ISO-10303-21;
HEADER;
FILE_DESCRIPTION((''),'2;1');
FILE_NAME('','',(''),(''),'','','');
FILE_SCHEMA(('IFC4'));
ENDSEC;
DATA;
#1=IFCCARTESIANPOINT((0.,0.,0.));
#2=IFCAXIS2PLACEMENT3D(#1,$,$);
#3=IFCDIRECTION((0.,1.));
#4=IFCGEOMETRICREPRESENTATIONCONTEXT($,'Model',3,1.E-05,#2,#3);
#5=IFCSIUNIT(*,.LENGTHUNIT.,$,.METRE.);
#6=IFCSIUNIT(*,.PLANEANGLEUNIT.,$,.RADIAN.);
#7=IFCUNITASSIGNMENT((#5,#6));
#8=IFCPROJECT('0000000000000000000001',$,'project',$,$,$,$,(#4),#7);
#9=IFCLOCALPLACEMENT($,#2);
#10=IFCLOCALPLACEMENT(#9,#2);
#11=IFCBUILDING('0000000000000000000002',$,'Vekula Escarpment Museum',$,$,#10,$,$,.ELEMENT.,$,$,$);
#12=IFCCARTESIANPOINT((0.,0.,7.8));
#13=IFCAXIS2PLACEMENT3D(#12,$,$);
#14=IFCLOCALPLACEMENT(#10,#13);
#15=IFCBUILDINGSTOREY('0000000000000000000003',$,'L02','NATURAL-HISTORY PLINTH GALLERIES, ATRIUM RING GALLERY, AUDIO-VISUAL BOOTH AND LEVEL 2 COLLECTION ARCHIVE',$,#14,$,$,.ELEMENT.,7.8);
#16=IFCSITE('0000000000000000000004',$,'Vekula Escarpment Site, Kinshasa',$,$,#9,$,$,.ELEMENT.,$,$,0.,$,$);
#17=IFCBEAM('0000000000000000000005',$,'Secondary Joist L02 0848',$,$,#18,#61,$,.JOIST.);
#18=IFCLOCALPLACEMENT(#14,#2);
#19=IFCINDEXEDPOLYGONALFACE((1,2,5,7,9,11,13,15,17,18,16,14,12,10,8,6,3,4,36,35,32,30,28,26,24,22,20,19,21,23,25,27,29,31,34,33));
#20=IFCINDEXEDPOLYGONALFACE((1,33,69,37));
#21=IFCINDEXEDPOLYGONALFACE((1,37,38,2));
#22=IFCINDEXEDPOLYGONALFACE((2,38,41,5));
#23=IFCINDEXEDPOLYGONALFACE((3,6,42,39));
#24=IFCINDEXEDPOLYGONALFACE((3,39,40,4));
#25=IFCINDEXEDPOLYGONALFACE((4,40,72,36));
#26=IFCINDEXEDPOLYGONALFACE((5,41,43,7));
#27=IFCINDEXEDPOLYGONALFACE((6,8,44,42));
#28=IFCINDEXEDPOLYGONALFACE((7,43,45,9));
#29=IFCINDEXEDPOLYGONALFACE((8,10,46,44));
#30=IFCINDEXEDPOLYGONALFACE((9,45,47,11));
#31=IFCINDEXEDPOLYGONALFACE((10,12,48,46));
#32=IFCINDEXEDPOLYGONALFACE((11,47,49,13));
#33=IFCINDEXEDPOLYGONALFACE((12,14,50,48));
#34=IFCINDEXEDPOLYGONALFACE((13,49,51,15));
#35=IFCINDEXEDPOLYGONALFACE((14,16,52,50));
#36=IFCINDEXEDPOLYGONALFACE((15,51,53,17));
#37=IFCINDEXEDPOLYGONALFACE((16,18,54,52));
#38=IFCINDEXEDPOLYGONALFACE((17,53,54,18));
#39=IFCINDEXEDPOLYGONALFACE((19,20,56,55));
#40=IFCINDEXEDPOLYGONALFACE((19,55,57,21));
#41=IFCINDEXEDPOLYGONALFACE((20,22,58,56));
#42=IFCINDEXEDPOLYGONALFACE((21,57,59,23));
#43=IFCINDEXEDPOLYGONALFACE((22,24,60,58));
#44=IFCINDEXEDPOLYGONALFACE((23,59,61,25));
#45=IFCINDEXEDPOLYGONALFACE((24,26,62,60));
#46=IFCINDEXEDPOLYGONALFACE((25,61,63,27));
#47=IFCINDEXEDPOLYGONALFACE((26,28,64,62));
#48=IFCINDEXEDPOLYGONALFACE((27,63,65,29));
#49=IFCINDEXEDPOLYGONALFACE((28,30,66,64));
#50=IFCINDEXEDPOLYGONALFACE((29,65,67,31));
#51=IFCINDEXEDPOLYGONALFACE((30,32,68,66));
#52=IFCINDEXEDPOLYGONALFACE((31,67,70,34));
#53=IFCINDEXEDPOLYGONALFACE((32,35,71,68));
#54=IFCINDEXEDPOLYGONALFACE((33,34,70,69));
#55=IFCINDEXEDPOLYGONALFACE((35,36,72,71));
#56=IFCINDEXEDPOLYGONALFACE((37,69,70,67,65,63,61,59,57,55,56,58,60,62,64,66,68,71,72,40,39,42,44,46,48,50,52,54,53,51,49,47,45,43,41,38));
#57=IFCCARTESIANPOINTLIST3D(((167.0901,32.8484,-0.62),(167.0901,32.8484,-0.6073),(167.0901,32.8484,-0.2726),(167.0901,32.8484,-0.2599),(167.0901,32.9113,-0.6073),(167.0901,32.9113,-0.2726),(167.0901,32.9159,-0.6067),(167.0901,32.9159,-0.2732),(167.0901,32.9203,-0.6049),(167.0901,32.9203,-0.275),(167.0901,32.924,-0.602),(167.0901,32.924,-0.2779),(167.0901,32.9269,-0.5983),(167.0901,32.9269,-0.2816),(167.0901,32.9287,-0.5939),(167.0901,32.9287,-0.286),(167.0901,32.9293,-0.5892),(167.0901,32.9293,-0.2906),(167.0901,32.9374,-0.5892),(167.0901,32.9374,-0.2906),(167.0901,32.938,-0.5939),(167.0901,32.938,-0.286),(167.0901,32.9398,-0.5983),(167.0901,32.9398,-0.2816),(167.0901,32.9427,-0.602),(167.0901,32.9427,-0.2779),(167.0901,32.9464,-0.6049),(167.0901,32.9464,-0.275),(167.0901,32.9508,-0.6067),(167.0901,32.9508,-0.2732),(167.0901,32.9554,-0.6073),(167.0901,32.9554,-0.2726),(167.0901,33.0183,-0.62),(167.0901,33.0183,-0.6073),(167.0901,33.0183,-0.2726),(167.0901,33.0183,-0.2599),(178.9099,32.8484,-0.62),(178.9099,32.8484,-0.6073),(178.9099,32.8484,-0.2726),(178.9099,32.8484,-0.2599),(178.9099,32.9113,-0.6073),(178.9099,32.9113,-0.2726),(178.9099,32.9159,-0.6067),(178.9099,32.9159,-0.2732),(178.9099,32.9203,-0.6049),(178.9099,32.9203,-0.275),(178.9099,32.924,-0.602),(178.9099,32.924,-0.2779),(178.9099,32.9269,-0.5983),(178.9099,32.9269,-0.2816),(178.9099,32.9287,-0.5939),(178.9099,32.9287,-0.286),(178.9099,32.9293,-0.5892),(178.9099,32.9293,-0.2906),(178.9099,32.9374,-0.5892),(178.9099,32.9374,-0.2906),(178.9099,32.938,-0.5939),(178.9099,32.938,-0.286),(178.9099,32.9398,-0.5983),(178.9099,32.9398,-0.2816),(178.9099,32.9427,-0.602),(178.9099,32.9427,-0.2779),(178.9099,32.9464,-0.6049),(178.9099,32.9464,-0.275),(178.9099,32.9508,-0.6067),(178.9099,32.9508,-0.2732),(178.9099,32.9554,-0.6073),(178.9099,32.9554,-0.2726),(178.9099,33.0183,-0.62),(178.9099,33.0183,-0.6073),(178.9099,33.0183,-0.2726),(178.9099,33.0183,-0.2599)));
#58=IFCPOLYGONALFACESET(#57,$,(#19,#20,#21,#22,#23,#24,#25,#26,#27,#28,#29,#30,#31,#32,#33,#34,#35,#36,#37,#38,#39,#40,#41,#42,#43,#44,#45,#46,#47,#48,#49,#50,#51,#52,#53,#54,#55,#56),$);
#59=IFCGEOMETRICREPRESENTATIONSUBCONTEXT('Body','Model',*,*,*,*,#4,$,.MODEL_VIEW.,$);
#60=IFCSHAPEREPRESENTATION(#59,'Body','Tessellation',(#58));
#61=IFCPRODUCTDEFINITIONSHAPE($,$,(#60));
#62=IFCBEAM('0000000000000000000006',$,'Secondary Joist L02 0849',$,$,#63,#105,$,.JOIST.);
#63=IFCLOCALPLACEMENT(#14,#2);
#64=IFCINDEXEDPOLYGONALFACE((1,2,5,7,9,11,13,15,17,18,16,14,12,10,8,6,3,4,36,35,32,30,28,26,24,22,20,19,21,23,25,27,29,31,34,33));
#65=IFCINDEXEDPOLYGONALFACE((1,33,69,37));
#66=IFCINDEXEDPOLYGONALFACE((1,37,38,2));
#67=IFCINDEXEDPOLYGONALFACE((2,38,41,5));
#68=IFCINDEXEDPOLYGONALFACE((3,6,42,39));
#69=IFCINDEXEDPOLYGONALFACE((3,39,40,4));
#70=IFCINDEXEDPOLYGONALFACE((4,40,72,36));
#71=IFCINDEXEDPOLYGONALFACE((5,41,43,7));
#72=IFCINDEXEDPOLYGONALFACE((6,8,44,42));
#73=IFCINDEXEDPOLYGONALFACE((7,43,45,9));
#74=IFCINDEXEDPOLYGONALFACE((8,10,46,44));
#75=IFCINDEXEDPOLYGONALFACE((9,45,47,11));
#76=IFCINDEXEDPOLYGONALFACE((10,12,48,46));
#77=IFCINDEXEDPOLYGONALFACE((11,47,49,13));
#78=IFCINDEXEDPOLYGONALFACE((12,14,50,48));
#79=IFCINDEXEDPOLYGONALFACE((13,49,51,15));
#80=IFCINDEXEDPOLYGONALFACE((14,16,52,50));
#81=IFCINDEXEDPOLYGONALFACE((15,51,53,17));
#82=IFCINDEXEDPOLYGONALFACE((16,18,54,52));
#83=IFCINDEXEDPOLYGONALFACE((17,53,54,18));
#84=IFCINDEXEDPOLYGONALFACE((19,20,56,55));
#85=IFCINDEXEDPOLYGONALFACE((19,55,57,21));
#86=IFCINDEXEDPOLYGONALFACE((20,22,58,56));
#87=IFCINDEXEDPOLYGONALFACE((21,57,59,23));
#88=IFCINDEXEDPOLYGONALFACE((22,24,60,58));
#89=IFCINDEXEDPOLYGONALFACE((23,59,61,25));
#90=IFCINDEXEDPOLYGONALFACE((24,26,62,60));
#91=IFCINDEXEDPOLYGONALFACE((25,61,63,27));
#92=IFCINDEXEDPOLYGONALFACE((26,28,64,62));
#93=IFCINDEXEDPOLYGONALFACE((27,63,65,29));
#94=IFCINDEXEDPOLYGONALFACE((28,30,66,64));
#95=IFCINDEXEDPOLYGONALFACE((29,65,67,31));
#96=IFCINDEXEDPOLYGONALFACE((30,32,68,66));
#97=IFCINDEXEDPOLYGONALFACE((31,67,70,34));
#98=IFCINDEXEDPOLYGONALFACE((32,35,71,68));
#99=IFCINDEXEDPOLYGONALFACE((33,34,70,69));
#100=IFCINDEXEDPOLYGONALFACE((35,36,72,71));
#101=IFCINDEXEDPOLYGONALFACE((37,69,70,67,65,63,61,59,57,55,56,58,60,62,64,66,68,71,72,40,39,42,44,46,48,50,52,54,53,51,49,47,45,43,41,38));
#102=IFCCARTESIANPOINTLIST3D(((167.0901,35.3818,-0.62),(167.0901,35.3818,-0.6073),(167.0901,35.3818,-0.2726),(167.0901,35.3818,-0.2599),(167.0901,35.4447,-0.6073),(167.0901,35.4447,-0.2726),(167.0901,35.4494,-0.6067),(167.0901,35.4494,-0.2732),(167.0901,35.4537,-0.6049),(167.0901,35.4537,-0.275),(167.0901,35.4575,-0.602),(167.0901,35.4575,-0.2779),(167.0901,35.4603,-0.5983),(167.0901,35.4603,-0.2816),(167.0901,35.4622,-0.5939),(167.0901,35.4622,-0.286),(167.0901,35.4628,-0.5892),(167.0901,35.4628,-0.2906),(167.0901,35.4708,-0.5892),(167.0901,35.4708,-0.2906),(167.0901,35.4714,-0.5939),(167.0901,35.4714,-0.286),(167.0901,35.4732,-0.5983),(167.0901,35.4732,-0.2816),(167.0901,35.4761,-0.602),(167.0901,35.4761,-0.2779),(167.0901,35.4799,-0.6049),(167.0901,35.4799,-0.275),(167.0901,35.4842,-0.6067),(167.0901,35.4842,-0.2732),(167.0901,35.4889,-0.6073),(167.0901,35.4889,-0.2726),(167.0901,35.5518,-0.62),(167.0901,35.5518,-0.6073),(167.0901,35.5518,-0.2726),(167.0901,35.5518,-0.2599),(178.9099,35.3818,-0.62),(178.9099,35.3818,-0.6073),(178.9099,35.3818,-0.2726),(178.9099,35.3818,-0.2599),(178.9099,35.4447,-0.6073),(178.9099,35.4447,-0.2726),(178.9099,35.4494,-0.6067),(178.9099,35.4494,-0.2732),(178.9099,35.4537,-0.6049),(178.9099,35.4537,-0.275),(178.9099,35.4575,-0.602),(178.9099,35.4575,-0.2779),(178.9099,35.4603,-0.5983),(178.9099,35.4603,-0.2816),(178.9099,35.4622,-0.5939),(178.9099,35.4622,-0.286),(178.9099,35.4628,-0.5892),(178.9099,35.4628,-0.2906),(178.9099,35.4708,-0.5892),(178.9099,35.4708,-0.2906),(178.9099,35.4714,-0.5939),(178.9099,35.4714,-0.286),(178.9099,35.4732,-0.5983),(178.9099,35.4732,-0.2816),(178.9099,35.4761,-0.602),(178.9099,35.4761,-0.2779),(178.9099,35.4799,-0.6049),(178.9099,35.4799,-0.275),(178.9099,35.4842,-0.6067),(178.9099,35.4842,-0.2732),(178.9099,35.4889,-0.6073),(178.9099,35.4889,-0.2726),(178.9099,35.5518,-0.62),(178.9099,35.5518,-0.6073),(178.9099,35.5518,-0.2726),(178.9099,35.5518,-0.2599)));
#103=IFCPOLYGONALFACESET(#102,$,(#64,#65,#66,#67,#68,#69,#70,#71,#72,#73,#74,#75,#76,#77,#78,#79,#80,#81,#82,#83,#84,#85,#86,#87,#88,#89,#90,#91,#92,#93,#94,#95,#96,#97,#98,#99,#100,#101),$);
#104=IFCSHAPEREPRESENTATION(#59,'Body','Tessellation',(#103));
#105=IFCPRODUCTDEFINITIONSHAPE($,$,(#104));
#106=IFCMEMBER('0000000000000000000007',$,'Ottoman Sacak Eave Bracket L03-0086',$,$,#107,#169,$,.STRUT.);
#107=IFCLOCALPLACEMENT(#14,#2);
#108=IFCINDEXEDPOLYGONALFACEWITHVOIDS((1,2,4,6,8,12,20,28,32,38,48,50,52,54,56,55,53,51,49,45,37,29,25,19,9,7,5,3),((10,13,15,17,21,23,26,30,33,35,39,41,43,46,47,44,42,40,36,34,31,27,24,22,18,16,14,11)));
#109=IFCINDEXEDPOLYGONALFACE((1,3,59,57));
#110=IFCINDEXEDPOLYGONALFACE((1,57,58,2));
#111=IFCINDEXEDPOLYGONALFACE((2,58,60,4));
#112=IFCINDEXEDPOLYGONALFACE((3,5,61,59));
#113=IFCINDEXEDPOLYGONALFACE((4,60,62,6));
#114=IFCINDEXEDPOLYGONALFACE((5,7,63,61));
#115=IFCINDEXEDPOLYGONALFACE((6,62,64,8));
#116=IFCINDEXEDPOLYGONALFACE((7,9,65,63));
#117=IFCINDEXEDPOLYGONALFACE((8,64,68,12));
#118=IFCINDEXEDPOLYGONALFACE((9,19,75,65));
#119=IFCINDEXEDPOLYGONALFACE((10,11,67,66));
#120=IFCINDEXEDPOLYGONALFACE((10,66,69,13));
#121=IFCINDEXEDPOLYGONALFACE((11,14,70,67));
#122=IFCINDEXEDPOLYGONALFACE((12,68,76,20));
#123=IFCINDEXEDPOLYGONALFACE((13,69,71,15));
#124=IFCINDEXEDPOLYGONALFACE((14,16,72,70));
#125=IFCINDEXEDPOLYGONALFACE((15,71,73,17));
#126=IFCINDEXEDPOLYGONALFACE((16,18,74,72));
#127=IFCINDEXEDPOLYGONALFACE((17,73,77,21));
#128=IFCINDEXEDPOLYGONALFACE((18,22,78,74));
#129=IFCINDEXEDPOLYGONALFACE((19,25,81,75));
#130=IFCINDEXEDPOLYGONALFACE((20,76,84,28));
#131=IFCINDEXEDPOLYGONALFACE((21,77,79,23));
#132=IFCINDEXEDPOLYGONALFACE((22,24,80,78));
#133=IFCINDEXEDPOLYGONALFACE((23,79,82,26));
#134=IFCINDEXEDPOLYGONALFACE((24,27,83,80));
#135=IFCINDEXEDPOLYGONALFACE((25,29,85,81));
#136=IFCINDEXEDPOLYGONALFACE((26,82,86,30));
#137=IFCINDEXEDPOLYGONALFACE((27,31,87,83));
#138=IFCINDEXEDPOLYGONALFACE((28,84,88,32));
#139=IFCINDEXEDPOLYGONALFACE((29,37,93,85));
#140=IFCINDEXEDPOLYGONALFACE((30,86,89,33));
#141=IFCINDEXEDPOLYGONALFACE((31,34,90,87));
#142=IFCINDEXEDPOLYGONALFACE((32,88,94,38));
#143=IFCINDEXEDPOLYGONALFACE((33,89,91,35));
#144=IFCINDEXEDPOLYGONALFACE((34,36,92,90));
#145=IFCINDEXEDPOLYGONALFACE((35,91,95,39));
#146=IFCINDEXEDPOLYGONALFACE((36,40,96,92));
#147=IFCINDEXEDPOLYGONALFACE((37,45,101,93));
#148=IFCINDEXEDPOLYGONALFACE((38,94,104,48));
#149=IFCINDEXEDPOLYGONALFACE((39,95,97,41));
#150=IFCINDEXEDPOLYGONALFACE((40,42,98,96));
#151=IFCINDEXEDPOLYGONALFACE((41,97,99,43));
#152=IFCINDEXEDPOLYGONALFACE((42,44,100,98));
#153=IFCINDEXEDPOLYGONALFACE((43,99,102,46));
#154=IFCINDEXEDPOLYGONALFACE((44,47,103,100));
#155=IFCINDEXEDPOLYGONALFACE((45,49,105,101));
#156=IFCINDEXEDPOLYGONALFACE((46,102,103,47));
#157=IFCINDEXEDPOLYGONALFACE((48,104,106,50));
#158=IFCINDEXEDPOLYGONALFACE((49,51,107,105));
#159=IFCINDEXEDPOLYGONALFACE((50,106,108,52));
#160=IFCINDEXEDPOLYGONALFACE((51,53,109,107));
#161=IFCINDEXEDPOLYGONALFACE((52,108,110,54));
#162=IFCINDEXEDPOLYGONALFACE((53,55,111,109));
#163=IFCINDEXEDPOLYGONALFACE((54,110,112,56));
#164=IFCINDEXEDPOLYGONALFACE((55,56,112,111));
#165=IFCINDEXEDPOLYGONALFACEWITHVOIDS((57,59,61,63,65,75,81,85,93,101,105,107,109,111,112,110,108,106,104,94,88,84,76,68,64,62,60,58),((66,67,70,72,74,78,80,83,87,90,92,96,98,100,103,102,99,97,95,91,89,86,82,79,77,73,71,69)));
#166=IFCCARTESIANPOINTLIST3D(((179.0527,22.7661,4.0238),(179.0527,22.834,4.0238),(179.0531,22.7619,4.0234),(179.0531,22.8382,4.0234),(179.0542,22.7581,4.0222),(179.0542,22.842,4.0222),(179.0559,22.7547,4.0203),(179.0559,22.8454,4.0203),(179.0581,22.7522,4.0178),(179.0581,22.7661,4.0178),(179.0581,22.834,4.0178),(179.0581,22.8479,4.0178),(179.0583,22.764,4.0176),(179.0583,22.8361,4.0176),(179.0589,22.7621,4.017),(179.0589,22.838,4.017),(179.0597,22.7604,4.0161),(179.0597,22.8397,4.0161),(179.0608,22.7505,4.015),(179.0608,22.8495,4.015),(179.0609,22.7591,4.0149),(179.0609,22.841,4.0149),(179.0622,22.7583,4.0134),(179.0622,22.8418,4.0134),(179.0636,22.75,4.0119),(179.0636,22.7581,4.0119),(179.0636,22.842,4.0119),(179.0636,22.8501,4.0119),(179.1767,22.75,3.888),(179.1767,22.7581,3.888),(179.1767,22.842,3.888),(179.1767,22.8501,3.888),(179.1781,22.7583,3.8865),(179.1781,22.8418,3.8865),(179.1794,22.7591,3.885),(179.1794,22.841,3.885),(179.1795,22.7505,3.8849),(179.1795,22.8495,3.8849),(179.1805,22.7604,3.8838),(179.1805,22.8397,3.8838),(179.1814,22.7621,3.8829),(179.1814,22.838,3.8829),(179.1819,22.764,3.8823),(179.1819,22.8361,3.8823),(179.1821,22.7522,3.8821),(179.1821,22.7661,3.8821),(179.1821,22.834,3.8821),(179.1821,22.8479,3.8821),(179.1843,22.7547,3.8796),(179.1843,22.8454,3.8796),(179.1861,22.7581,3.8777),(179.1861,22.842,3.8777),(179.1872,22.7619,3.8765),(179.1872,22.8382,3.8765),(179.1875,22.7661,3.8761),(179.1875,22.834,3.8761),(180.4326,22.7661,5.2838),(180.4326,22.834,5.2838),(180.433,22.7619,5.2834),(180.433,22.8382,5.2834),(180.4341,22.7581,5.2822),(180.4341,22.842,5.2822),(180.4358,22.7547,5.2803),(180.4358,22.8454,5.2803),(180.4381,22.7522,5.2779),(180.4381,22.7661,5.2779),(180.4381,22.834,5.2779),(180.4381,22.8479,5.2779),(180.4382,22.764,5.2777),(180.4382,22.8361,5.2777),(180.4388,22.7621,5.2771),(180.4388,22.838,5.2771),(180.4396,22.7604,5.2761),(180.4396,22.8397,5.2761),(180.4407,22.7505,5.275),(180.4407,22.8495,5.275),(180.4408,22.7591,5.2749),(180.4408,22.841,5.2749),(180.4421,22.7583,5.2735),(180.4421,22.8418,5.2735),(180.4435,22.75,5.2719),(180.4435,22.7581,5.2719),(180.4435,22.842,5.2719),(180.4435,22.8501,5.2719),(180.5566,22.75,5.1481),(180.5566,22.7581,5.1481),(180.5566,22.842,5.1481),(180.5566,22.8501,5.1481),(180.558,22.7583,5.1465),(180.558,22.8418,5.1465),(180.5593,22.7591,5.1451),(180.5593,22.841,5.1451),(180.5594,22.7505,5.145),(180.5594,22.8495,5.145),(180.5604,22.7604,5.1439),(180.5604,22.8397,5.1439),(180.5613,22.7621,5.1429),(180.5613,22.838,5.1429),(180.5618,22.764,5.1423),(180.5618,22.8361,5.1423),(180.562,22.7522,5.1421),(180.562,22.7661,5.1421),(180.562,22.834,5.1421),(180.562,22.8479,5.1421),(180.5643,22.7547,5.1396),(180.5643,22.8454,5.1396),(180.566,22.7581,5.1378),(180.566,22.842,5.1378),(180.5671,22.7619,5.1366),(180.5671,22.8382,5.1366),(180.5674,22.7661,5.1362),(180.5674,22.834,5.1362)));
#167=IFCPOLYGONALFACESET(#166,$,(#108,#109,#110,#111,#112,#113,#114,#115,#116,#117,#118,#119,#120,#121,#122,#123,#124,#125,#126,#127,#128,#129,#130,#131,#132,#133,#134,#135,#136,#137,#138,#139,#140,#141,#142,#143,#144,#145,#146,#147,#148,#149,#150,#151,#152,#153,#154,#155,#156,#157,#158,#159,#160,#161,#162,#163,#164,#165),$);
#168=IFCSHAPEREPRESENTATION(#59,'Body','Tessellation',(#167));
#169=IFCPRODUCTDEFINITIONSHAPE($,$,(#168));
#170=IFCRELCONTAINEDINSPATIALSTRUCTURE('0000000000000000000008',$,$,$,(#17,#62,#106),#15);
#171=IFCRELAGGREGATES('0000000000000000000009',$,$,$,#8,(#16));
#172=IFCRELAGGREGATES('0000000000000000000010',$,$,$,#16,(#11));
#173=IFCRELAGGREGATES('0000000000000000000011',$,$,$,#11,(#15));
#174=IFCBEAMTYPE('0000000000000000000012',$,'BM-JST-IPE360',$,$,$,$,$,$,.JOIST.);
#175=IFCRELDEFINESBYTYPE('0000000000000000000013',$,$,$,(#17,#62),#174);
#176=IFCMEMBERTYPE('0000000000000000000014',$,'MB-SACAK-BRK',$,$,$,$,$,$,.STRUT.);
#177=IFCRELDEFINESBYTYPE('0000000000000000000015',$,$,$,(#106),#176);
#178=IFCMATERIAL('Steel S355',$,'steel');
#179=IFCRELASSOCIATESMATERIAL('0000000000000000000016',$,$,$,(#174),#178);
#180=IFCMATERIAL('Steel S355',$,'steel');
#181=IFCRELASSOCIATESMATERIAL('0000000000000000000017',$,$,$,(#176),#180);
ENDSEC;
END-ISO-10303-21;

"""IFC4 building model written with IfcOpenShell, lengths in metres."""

from ifc_helpers import new_model, si_unit, direction, frame, origin, origin_2d, place, context, subcontext, project, spatial, hollow_rectangle, i_section, extrude, material, material_profile, profile_set, type_object, element, save


model = new_model("IFC4")

# Units and contexts
model_context = context("Model", 3, precision=1e-05, world=origin(), true_north=direction((0.0, 1.0)))
body_context = subcontext(model_context, "Body", "Model", "MODEL_VIEW")
ifc_project = project(units=[si_unit("LENGTHUNIT", "METRE"), si_unit("PLANEANGLEUNIT", "RADIAN")], contexts=[model_context])

# Site, building, storey
site_placement = place(None, origin())
site = spatial("IfcSite", under=ifc_project, at=site_placement, Name="Vekula Escarpment Site, Kinshasa", CompositionType="ELEMENT", RefElevation=0.0)
building_placement = place(site_placement, origin())
building = spatial("IfcBuilding", under=site, at=building_placement, Name="Vekula Escarpment Museum", CompositionType="ELEMENT")
storey_placement = place(building_placement, frame((0.0, 0.0, 7.8)))
storey = spatial("IfcBuildingStorey", under=building, at=storey_placement, Name="L02", Description="NATURAL-HISTORY PLINTH GALLERIES, ATRIUM RING GALLERY, AUDIO-VISUAL BOOTH AND LEVEL 2 COLLECTION ARCHIVE", CompositionType="ELEMENT", Elevation=7.8)

# Beams
ifc_material_1 = material(Name="Steel S355", Category="steel")
ifc_material_profile_1 = material_profile(ifc_material_1, i_section(OverallWidth=0.1699, OverallDepth=0.3601, WebThickness=0.0081, FlangeThickness=0.0127, FilletRadius=0.0181, at=origin_2d()), Name="IPE 360")
ifc_profile_set_1 = profile_set([ifc_material_profile_1], Name="Steel S355")
beam_type_1 = type_object("IfcBeamType", Name="BM-JST-IPE360", PredefinedType="JOIST", material=ifc_profile_set_1)
for number, where, z_axis, x_axis, name in (
    (1, (167.0901, 32.9333, -0.4399), (1.0, 0.0, 0.0), (0.0, 1.0, 0.0), "Secondary Joist L02 0848"),
    (2, (167.0901, 35.4668, -0.4399), (1.0, 0.0, 0.0), (0.0, 1.0, 0.0), "Secondary Joist L02 0849"),
):
    element("IfcBeam", number, at=place(storey_placement, frame(where, z_axis=z_axis, x_axis=x_axis)), inside=storey, type_object=beam_type_1, Name=name, PredefinedType="JOIST", context=body_context, shape_type="SweptSolid", body=[
        extrude(i_section(OverallWidth=0.1699, OverallDepth=0.3601, WebThickness=0.0081, FlangeThickness=0.0127, FilletRadius=0.0181, at=origin_2d()), origin(), (0.0, 0.0, 1.0), 11.8198),
    ])

# Member
ifc_material_2 = material(Name="Steel S355", Category="steel")
ifc_material_profile_2 = material_profile(ifc_material_2, hollow_rectangle(XDim=0.1001, YDim=0.2, WallThickness=0.0081, InnerFilletRadius=0.0081, OuterFilletRadius=0.0161, at=origin_2d()), Name="RHS 200x100x8")
ifc_profile_set_2 = profile_set([ifc_material_profile_2], Name="Steel S355")
member_type = type_object("IfcMemberType", Name="MB-SACAK-BRK", PredefinedType="STRUT", material=ifc_profile_set_2)
for number, where, z_axis, x_axis, name in (
    (3, (179.1201, 22.8, 3.95), (0.738454, 0.0, 0.674303), (0.0, 1.0, 0.0), "Ottoman Sacak Eave Bracket L03-0086"),
):
    element("IfcMember", number, at=place(storey_placement, frame(where, z_axis=z_axis, x_axis=x_axis)), inside=storey, type_object=member_type, Name=name, PredefinedType="STRUT", context=body_context, shape_type="SweptSolid", body=[
        extrude(hollow_rectangle(XDim=0.1001, YDim=0.2, WallThickness=0.0081, InnerFilletRadius=0.0081, OuterFilletRadius=0.0161, at=origin_2d()), origin(), (0.0, 0.0, 1.0), 1.8687),
    ])

save(model, "model.ifc")
